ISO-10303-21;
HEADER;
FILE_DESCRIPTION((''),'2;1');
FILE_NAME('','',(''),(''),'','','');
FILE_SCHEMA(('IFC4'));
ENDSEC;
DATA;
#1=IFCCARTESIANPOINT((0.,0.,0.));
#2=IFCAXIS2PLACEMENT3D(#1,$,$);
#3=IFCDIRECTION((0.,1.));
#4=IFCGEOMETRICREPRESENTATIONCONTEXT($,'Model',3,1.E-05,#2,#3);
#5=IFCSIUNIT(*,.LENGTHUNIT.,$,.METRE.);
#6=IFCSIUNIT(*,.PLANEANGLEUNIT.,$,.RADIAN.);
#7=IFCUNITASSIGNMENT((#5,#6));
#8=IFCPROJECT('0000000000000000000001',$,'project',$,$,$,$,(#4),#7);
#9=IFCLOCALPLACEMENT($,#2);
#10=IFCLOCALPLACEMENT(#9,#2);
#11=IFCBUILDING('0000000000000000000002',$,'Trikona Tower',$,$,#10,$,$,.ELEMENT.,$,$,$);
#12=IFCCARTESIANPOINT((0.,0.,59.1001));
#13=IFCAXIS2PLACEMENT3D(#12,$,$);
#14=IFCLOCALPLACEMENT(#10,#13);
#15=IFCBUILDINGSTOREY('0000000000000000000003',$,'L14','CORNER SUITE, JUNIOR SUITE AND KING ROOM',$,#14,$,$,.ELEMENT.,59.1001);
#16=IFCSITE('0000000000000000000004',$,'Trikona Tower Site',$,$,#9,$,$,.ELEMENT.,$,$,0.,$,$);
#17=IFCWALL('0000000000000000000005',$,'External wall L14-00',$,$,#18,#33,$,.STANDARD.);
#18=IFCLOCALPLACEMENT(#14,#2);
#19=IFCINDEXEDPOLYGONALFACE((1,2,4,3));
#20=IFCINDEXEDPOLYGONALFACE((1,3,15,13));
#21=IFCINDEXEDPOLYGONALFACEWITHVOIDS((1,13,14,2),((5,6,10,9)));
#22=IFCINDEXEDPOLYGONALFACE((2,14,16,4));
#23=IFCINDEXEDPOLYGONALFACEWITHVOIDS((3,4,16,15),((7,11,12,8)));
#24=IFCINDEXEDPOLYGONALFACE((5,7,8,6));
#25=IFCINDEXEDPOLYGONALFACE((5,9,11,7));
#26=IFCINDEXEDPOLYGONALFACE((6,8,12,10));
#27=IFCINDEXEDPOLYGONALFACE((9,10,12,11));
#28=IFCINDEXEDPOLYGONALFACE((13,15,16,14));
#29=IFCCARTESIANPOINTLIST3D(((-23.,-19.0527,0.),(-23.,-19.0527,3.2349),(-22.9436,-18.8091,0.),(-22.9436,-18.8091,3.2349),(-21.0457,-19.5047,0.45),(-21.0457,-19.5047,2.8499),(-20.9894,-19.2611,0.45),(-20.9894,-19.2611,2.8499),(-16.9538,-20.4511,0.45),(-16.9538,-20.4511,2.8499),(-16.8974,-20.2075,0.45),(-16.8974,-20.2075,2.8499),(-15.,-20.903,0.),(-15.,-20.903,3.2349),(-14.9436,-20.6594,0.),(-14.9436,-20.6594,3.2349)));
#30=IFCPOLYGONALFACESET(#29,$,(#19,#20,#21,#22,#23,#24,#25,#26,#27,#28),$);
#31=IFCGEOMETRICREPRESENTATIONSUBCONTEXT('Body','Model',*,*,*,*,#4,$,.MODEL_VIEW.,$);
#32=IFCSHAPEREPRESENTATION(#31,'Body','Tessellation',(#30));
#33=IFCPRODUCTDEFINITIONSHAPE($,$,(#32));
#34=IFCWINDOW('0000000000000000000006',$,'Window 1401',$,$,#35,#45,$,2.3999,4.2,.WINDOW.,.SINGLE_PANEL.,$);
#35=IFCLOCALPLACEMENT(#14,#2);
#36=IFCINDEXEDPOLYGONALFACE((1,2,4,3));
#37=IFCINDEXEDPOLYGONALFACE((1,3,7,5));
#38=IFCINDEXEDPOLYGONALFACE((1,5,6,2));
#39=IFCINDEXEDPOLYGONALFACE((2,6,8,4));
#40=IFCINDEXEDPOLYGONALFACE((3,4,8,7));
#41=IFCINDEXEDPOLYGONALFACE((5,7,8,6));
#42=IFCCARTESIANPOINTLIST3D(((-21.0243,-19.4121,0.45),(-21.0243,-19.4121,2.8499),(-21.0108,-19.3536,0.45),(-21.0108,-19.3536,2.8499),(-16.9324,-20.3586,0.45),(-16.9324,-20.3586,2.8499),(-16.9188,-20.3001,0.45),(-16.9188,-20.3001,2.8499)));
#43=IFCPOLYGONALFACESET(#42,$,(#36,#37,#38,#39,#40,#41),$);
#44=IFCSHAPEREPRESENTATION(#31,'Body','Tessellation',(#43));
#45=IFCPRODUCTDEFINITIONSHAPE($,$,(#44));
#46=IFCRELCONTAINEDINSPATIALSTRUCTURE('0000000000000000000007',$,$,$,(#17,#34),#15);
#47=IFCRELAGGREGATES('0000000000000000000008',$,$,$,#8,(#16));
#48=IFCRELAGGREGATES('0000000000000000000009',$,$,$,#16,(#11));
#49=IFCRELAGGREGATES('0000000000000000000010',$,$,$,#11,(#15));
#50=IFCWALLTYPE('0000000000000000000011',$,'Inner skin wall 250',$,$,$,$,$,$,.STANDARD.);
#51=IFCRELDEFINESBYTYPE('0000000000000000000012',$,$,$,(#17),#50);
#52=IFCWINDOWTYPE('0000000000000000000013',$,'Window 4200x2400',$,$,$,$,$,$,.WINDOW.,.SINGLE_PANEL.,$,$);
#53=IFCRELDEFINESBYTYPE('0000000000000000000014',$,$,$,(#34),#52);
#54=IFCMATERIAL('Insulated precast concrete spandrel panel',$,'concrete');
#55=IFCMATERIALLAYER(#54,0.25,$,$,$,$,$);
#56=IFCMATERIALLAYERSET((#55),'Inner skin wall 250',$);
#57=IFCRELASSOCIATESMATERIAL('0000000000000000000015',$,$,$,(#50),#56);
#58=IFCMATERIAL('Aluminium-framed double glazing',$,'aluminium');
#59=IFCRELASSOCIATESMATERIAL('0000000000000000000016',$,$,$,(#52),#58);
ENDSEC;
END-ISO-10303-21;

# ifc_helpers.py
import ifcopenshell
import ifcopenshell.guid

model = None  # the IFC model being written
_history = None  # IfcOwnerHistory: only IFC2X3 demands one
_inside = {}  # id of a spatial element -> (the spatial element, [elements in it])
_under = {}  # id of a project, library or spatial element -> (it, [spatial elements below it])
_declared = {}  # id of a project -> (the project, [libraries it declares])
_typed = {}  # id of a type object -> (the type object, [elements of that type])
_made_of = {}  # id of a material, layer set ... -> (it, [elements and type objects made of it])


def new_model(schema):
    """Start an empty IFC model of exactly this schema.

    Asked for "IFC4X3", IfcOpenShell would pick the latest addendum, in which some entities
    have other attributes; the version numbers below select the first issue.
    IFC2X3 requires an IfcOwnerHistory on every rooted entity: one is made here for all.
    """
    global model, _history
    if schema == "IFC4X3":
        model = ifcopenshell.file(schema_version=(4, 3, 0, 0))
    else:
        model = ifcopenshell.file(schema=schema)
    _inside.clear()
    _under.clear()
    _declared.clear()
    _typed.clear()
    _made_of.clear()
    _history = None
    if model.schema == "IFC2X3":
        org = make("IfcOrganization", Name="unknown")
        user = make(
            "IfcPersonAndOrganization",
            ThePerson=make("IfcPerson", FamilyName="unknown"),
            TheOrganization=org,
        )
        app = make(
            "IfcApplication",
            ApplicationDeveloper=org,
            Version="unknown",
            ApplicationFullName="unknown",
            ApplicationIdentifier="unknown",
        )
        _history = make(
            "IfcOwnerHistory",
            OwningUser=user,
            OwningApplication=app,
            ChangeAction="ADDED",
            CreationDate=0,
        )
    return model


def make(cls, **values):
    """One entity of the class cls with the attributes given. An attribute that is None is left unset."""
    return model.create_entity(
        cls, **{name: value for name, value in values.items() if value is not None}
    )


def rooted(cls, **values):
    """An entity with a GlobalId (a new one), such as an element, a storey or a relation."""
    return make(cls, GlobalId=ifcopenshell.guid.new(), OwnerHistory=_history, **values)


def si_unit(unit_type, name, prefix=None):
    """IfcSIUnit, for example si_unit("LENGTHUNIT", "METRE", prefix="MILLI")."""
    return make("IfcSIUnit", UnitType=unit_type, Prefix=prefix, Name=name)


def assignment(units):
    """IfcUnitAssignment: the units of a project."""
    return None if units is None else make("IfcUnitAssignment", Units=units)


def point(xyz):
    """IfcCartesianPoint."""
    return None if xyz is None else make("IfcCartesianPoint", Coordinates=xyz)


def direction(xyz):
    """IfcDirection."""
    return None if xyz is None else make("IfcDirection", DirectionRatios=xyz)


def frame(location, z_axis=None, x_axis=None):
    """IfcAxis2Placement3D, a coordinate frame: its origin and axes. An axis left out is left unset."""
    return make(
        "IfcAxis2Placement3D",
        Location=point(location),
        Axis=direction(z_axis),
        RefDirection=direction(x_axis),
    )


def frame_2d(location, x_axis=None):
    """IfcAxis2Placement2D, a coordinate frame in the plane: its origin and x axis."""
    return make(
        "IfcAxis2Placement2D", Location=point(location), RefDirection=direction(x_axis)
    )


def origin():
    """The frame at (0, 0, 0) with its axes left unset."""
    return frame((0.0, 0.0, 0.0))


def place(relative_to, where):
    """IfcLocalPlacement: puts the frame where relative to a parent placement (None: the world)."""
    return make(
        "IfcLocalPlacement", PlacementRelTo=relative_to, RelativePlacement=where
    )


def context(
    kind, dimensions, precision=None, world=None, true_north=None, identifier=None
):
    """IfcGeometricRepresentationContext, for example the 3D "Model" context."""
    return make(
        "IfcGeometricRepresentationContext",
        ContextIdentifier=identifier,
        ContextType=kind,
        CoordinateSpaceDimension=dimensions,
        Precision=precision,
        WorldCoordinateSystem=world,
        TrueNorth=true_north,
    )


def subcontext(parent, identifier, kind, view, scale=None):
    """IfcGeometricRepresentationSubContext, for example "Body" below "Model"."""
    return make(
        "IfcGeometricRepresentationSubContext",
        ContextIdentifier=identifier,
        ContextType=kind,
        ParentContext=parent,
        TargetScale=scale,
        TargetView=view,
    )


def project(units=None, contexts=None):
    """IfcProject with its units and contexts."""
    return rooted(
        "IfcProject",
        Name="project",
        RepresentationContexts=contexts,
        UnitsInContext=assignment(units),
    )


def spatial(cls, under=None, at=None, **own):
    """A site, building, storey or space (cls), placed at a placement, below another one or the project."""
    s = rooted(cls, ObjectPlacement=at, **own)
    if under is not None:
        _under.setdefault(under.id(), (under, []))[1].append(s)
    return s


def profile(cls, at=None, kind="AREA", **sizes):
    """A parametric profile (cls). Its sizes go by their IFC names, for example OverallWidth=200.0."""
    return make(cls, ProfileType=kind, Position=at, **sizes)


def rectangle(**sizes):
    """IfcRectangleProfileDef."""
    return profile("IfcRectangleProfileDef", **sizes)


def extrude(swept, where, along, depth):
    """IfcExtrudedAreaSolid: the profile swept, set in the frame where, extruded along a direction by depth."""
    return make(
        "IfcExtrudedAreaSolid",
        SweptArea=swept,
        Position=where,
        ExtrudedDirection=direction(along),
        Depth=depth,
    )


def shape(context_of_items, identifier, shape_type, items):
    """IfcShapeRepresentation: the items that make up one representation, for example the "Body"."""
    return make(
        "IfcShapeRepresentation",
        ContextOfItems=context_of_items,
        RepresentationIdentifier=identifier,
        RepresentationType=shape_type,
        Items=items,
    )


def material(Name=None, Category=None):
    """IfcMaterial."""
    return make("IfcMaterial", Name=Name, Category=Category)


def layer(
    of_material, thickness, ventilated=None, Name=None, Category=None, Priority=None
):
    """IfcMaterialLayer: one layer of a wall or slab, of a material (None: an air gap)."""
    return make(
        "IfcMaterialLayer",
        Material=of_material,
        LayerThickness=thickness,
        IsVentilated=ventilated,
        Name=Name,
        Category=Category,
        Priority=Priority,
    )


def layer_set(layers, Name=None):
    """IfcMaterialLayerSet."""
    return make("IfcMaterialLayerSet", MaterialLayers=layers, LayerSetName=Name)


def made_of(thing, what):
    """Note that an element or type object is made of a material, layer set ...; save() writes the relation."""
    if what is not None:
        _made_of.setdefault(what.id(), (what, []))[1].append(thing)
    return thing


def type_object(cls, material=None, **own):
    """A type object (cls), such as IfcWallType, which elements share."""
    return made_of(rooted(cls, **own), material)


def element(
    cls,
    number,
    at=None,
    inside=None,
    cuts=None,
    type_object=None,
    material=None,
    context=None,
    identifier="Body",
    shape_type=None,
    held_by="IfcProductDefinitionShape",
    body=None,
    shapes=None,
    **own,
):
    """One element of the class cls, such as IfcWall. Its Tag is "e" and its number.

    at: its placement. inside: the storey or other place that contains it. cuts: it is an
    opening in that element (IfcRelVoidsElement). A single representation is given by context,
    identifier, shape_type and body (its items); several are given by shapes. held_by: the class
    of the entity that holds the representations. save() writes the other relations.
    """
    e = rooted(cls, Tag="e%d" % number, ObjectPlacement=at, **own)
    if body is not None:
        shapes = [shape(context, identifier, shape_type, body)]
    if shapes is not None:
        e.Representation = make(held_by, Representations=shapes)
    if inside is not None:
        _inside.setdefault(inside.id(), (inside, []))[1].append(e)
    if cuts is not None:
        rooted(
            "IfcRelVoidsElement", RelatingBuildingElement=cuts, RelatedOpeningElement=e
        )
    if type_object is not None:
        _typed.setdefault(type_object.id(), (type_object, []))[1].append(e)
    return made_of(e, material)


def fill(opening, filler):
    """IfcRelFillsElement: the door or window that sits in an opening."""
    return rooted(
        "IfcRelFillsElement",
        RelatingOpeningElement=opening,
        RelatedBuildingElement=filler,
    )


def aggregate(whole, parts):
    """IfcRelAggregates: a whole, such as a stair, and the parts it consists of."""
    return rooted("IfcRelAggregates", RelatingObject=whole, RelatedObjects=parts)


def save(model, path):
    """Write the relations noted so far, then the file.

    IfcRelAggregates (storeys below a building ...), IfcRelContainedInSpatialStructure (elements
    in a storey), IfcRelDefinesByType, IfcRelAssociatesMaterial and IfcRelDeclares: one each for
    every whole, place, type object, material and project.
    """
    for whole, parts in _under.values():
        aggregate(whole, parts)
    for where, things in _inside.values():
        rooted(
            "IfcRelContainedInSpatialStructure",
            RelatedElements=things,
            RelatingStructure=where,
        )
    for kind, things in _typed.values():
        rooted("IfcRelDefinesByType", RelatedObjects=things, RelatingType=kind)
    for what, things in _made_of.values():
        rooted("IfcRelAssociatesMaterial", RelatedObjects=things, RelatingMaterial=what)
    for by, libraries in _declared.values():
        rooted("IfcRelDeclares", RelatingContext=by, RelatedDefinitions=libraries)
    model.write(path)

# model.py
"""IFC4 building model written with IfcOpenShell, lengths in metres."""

from ifc_helpers import new_model, si_unit, direction, frame, frame_2d, origin, place, context, subcontext, project, spatial, rectangle, extrude, material, layer, layer_set, type_object, element, fill, save


model = new_model("IFC4")

# Units and contexts
model_context = context("Model", 3, precision=1e-05, world=origin(), true_north=direction((0.0, 1.0)))
body_context = subcontext(model_context, "Body", "Model", "MODEL_VIEW")
ifc_project = project(units=[si_unit("LENGTHUNIT", "METRE"), si_unit("PLANEANGLEUNIT", "RADIAN")], contexts=[model_context])

# Site, building, storey
site_placement = place(None, origin())
site = spatial("IfcSite", under=ifc_project, at=site_placement, Name="Trikona Tower Site", CompositionType="ELEMENT", RefElevation=0.0)
building_placement = place(site_placement, origin())
building = spatial("IfcBuilding", under=site, at=building_placement, Name="Trikona Tower", CompositionType="ELEMENT")
storey_placement = place(building_placement, frame((0.0, 0.0, 59.1001)))
storey = spatial("IfcBuildingStorey", under=building, at=storey_placement, Name="L14", Description="CORNER SUITE, JUNIOR SUITE AND KING ROOM", CompositionType="ELEMENT", Elevation=59.1001)

# Wall, opening, window
ifc_material_1 = material(Name="Insulated precast concrete spandrel panel", Category="concrete")
ifc_layer_1 = layer(ifc_material_1, 0.25)
ifc_layer_set_1 = layer_set([ifc_layer_1], Name="Inner skin wall 250")
wall_type_1 = type_object("IfcWallType", Name="Inner skin wall 250", PredefinedType="STANDARD", material=ifc_layer_set_1)
wall_1_placement = place(storey_placement, frame((-22.9717, -18.9309, 0.0), z_axis=(0.0, 0.0, 1.0), x_axis=(0.974279, -0.225344, 0.0)))
wall_1 = element("IfcWall", 1, at=wall_1_placement, inside=storey, type_object=wall_type_1, Name="External wall L14-00", PredefinedType="STANDARD", context=body_context, shape_type="SweptSolid", body=[
    extrude(rectangle(XDim=8.2112, YDim=0.25, at=frame_2d((4.1055, 0.0))), origin(), (0.0, 0.0, 1.0), 3.2349),
])
opening_1_placement = place(wall_1_placement, frame((2.0056, 0.0, 0.45)))
opening_1 = element("IfcOpeningElement", 2, at=opening_1_placement, cuts=wall_1, PredefinedType="OPENING", context=body_context, shape_type="SweptSolid", body=[
    extrude(rectangle(XDim=4.2, YDim=2.3999, at=frame_2d((2.1001, 1.2))), frame((0.0, 0.135, 0.0), z_axis=(0.0, -1.0, 0.0), x_axis=(1.0, 0.0, 0.0)), (0.0, 0.0, 1.0), 0.27),
])
ifc_material_2 = material(Name="Aluminium-framed double glazing", Category="aluminium")
window_type_1 = type_object("IfcWindowType", Name="Window 4200x2400", PartitioningType="SINGLE_PANEL", PredefinedType="WINDOW", material=ifc_material_2)
window_1_placement = place(opening_1_placement, origin())
window_1 = element("IfcWindow", 3, at=window_1_placement, inside=storey, type_object=window_type_1, Name="Window 1401", OverallHeight=2.3999, OverallWidth=4.2, PartitioningType="SINGLE_PANEL", PredefinedType="WINDOW", context=body_context, shape_type="SweptSolid", body=[
    extrude(rectangle(XDim=4.2, YDim=2.3999, at=frame_2d((2.1001, 1.2))), frame((0.0, 0.03, 0.0), z_axis=(0.0, -1.0, 0.0), x_axis=(1.0, 0.0, 0.0)), (0.0, 0.0, 1.0), 0.0601),
])
fill(opening_1, window_1)

save(model, "model.ifc")
